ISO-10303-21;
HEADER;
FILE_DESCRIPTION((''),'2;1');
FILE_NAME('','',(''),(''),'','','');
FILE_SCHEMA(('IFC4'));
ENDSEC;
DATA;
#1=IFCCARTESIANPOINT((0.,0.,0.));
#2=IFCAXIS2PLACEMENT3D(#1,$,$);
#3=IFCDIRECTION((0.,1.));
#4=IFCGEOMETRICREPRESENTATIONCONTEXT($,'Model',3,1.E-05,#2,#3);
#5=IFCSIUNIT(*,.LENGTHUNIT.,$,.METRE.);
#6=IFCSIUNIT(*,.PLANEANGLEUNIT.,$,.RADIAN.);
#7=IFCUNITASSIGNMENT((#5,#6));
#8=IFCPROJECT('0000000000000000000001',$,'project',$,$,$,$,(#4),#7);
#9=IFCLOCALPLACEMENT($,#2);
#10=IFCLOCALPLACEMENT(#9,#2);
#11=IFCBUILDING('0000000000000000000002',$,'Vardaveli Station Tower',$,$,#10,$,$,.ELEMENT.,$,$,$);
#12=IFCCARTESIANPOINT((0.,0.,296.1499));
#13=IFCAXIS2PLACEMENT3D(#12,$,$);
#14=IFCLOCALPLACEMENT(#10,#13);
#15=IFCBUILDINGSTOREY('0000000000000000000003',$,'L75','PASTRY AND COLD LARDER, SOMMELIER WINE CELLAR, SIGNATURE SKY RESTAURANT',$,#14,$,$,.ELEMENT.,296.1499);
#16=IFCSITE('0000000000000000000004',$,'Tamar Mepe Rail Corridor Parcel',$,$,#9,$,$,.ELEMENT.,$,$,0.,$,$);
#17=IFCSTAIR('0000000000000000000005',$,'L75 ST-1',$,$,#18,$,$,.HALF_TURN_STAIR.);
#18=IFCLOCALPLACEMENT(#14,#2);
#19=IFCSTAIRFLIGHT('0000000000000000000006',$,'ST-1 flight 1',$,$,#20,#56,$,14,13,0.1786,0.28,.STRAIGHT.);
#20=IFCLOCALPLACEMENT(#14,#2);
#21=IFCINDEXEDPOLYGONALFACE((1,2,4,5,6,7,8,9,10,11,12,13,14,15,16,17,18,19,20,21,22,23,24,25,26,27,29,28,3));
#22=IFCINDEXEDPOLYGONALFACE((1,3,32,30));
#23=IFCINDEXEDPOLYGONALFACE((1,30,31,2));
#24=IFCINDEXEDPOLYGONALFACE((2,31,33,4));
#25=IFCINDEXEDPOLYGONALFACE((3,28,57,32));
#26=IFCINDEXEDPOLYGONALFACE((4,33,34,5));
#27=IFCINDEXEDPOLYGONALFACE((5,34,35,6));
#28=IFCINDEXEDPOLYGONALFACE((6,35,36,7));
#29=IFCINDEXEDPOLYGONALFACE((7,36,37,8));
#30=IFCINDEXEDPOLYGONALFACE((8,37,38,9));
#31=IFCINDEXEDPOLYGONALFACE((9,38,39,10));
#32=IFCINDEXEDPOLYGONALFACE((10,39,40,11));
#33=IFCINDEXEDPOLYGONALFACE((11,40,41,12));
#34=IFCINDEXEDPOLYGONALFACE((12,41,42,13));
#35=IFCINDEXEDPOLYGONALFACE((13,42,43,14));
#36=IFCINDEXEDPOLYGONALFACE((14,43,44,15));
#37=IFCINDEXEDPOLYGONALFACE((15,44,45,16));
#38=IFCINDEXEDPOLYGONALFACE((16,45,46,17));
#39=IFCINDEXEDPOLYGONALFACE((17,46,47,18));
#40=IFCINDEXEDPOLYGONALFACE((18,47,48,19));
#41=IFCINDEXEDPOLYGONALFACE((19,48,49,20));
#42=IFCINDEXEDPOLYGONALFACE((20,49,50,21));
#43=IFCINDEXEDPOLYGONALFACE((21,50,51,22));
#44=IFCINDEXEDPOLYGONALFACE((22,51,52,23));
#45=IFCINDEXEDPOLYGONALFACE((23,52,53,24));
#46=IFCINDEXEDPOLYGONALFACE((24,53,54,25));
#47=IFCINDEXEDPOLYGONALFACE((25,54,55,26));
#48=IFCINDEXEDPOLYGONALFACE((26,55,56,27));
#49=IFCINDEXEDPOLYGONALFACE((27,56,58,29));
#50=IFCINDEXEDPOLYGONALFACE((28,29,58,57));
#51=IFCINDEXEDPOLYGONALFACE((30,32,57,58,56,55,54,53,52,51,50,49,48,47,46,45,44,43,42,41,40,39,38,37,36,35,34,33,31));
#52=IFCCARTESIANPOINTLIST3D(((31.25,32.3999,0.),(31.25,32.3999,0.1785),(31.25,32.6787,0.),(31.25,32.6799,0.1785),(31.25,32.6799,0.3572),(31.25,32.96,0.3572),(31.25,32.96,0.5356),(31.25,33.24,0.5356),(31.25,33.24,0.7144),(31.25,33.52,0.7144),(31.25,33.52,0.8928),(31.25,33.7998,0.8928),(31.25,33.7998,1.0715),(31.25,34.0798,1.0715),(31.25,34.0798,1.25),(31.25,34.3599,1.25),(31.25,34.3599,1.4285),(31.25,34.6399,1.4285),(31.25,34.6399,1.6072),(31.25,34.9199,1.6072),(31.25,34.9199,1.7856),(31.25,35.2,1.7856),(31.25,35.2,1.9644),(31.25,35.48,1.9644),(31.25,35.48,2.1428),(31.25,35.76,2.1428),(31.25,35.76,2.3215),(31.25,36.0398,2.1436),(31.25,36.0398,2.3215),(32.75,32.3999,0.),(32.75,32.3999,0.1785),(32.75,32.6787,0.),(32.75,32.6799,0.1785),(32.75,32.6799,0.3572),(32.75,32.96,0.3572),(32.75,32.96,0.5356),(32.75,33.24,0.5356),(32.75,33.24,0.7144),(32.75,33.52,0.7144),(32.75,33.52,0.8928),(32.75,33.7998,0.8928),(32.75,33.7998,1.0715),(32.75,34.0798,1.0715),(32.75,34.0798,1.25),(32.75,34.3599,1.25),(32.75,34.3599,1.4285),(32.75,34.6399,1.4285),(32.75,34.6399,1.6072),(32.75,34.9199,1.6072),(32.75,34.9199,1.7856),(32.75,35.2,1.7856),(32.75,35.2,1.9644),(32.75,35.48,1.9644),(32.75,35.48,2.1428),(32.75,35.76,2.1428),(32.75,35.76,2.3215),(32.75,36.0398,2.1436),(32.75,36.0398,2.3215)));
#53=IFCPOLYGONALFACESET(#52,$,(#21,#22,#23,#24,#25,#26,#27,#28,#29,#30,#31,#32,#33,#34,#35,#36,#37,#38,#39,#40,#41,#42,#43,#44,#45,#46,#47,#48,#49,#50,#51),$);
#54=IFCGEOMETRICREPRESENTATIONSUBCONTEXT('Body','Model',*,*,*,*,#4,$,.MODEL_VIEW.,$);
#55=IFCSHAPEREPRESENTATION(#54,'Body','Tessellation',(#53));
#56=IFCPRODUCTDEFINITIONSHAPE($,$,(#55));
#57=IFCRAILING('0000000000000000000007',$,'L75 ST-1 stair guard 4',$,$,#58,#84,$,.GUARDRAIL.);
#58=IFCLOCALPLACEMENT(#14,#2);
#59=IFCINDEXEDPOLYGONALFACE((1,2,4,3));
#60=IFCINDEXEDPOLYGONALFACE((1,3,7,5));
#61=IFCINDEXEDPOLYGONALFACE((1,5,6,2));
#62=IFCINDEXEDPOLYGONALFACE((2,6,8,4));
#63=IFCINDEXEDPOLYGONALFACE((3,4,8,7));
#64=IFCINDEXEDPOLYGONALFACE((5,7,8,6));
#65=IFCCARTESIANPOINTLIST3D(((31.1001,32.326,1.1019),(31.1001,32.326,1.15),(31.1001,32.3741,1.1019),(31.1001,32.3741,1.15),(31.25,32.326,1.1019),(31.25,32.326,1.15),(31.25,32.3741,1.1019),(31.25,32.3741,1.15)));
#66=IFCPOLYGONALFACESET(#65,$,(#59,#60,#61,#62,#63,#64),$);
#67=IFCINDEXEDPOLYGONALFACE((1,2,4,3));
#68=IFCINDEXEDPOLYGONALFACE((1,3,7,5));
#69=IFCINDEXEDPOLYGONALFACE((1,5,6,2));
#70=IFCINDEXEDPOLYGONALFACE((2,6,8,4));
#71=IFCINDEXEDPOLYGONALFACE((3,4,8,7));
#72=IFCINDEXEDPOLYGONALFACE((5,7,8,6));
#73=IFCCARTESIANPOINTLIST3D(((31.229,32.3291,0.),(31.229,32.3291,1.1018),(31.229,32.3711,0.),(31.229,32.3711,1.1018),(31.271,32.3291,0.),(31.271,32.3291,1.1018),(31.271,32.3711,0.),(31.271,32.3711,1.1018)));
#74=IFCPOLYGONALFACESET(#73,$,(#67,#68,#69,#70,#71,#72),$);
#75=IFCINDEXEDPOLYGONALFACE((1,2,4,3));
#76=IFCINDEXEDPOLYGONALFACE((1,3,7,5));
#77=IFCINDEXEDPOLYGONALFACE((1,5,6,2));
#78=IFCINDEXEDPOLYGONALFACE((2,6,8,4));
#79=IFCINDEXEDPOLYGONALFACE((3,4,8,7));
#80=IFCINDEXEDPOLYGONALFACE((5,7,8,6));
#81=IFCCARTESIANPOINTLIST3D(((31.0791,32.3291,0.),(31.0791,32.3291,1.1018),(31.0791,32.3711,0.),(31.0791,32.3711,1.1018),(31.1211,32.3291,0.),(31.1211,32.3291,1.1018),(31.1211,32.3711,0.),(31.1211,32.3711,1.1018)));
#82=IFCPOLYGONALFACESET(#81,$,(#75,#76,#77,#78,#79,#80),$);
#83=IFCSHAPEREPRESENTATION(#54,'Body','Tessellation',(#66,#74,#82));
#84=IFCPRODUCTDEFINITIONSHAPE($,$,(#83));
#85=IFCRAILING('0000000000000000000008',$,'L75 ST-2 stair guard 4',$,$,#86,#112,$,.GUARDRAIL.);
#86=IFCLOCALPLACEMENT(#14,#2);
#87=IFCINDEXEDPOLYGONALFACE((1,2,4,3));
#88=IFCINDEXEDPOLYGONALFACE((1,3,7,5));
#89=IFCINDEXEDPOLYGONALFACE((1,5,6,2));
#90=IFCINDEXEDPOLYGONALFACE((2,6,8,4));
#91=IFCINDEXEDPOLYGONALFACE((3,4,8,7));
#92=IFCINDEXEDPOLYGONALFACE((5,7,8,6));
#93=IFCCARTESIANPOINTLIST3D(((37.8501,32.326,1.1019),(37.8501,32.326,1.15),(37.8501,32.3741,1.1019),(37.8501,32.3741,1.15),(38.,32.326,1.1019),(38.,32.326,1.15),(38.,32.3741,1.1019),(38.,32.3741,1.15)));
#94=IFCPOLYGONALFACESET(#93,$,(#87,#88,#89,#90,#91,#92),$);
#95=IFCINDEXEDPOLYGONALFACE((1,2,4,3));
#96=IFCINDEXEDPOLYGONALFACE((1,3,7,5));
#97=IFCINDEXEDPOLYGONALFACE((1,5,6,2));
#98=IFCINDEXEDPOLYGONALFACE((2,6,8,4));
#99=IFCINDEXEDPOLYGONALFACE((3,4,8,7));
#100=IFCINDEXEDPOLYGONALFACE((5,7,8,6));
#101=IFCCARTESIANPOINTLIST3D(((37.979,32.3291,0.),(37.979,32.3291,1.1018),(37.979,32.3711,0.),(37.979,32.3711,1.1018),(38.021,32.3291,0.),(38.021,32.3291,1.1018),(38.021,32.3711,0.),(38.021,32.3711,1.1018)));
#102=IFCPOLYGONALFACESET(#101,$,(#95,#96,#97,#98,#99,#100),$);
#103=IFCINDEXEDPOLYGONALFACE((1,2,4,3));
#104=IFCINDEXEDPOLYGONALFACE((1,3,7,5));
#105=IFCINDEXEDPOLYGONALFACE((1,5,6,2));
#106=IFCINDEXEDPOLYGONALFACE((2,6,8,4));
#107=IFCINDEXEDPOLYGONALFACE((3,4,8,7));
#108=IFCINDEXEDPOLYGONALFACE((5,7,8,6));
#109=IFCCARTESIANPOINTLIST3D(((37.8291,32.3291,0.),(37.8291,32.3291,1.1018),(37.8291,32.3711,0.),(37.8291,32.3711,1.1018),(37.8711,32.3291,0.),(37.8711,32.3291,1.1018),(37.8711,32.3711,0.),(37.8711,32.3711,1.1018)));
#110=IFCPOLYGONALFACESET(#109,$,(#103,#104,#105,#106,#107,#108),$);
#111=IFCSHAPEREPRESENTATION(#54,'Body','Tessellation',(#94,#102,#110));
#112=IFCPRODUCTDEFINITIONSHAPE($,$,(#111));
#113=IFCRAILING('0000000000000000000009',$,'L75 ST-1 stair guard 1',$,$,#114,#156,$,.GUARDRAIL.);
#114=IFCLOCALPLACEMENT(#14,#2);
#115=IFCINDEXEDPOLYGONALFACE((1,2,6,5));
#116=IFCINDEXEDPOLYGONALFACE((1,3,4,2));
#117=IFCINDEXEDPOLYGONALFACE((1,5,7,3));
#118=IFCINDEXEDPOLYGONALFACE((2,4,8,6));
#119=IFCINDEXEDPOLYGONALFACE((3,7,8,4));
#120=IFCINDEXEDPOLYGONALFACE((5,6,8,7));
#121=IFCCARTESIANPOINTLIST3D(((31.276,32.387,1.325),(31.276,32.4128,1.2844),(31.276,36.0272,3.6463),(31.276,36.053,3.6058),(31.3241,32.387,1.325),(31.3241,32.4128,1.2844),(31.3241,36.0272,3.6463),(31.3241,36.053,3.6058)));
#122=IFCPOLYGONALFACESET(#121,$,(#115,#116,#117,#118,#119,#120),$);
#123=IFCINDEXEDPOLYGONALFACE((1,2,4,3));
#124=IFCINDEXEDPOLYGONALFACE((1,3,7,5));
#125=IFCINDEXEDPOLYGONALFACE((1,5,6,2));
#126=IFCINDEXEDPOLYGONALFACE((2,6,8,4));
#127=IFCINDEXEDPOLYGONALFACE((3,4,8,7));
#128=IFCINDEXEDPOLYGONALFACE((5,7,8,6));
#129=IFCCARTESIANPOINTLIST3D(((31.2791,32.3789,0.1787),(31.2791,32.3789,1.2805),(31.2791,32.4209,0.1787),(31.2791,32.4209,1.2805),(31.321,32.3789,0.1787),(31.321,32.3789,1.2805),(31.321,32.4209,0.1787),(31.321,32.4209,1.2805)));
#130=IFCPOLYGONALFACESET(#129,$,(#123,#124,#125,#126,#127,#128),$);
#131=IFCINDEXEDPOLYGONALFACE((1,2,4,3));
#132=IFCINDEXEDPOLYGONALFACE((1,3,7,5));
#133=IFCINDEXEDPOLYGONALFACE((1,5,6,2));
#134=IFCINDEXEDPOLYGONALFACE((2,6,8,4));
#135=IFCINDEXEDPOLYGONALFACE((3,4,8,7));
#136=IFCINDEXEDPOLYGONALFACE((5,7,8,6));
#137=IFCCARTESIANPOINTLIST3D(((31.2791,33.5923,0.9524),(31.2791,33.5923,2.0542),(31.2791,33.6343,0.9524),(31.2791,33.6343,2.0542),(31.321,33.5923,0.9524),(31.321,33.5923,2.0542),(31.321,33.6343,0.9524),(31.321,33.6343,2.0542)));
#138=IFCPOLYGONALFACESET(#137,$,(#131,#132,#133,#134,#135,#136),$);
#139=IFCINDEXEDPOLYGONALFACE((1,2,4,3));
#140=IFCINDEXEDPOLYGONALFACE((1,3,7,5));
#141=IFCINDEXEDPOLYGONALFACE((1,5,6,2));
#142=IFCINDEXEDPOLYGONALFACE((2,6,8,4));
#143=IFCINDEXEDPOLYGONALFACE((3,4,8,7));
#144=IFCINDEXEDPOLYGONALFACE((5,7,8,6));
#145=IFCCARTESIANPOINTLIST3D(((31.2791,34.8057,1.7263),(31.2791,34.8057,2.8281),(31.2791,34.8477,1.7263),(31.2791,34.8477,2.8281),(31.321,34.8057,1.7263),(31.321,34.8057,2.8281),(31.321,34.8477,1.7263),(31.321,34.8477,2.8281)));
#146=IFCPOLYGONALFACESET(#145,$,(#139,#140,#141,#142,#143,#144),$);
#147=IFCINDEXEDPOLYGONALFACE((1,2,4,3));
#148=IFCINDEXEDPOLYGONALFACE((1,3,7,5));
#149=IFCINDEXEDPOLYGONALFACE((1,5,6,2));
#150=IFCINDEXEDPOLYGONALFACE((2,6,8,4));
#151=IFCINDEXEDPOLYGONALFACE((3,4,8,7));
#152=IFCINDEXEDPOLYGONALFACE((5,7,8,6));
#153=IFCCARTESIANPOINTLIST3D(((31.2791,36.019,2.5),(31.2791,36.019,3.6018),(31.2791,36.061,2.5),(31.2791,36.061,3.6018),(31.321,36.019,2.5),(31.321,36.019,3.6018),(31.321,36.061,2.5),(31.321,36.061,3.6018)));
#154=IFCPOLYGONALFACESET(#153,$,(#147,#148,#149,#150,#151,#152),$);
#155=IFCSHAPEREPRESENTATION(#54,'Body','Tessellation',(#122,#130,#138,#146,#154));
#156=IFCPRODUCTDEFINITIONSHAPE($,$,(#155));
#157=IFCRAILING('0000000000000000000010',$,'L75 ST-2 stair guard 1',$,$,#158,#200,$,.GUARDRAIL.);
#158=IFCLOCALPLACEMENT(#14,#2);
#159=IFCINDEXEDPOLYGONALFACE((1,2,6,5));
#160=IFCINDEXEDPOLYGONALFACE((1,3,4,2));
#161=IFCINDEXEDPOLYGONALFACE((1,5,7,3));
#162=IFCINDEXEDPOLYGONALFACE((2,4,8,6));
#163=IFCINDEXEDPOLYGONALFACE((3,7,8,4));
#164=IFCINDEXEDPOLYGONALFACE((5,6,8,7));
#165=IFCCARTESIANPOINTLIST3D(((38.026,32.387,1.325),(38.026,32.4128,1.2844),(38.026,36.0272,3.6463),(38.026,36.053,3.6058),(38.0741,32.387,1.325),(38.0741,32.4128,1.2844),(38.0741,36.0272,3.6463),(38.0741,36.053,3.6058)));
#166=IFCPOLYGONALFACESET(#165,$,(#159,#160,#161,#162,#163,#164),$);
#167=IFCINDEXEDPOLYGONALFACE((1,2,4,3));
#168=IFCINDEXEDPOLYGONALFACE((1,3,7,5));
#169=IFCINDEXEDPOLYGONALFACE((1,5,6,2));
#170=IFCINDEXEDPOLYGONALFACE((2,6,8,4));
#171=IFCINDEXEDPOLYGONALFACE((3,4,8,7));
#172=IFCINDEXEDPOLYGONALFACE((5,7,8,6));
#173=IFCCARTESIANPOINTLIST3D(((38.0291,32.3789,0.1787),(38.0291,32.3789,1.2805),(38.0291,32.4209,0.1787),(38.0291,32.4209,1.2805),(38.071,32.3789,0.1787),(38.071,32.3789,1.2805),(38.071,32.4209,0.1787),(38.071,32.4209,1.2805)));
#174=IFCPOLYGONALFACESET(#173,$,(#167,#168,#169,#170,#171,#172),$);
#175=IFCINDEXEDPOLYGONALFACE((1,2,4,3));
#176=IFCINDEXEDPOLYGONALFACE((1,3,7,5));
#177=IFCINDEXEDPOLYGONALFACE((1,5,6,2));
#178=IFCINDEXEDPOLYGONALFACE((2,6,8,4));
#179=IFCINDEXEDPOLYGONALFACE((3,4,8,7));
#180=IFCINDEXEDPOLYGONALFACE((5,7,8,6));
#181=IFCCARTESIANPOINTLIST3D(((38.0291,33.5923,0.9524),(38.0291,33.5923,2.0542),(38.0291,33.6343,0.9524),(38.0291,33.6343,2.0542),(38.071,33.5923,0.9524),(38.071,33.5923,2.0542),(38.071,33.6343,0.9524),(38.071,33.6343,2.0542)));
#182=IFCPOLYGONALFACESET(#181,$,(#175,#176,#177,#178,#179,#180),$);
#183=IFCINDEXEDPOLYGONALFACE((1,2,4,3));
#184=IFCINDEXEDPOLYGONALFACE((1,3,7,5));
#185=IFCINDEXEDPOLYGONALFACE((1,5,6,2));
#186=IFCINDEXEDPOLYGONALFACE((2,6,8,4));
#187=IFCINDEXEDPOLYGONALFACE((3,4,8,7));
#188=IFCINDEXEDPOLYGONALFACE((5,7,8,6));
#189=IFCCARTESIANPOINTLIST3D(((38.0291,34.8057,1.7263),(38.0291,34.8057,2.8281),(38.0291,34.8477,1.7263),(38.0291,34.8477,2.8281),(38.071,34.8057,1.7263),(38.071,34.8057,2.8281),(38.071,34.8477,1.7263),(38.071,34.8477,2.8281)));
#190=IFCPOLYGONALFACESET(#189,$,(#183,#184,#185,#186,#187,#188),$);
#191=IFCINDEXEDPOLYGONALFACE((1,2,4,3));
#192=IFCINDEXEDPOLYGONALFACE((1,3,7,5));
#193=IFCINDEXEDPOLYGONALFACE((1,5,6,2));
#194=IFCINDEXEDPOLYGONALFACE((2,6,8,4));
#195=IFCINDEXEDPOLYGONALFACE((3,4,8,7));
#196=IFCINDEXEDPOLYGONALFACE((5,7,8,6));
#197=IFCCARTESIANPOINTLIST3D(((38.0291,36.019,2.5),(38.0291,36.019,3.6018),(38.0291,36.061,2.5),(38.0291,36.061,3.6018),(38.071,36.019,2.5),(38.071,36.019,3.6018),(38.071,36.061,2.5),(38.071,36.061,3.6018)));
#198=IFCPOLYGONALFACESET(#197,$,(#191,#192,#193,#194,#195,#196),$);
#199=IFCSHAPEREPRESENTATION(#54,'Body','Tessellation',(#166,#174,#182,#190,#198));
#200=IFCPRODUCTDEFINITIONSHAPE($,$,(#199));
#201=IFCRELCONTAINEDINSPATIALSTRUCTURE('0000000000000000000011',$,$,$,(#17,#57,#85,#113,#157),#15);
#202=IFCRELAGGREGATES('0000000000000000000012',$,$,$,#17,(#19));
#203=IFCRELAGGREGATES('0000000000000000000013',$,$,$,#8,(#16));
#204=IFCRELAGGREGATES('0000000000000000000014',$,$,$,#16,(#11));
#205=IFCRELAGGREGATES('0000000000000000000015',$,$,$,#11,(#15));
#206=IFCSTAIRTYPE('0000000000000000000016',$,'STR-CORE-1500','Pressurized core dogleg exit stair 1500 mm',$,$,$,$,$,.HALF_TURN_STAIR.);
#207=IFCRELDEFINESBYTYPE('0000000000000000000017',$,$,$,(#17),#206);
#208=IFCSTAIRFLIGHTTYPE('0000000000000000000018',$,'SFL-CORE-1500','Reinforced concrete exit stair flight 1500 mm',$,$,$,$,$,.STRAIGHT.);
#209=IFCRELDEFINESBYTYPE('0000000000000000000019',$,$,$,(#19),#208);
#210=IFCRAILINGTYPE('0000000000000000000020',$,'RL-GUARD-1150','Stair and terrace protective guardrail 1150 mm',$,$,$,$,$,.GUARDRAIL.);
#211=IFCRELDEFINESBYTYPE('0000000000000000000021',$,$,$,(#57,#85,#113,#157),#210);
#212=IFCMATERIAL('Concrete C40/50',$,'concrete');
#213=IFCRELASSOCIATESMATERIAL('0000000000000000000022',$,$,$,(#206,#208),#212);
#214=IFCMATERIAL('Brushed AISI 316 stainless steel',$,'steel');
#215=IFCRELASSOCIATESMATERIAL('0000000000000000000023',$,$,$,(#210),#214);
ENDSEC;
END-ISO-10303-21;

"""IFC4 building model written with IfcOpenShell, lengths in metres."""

from ifc_helpers import new_model, si_unit, direction, frame, origin, origin_2d, place, context, subcontext, project, spatial, polyline, rectangle, outline, extrude, source, transform, mapped, material, type_object, element, aggregate, save


model = new_model("IFC4")

# Units and contexts
model_context = context("Model", 3, precision=1e-05, world=origin(), true_north=direction((0.0, 1.0)))
body_context = subcontext(model_context, "Body", "Model", "MODEL_VIEW")
ifc_project = project(units=[si_unit("LENGTHUNIT", "METRE"), si_unit("PLANEANGLEUNIT", "RADIAN")], contexts=[model_context])

# Site, building, storey
site_placement = place(None, origin())
site = spatial("IfcSite", under=ifc_project, at=site_placement, Name="Tamar Mepe Rail Corridor Parcel", CompositionType="ELEMENT", RefElevation=0.0)
building_placement = place(site_placement, origin())
building = spatial("IfcBuilding", under=site, at=building_placement, Name="Vardaveli Station Tower", CompositionType="ELEMENT")
storey_placement = place(building_placement, frame((0.0, 0.0, 296.1499)))
storey = spatial("IfcBuildingStorey", under=building, at=storey_placement, Name="L75", Description="PASTRY AND COLD LARDER, SOMMELIER WINE CELLAR, SIGNATURE SKY RESTAURANT", CompositionType="ELEMENT", Elevation=296.1499)

# Shared definitions
ifc_material_1 = material(Name="Concrete C40/50", Category="concrete")

# Stair, stair flight
stair_type = type_object("IfcStairType", Name="STR-CORE-1500", Description="Pressurized core dogleg exit stair 1500 mm", PredefinedType="HALF_TURN_STAIR", material=ifc_material_1)
stair_placement = place(storey_placement, origin())
stair = element("IfcStair", 1, at=stair_placement, inside=storey, type_object=stair_type, Name="L75 ST-1", PredefinedType="HALF_TURN_STAIR")
stair_flight_type = type_object("IfcStairFlightType", Name="SFL-CORE-1500", Description="Reinforced concrete exit stair flight 1500 mm", PredefinedType="STRAIGHT", material=ifc_material_1)
shared_shape_1 = source(origin(), body_context, "Body", "SweptSolid", [
    extrude(outline(polyline([(0.0, 0.0), (0.0, 0.1785), (0.28, 0.1785), (0.28, 0.3572), (0.5601, 0.3572), (0.5601, 0.5356), (0.8401, 0.5356), (0.8401, 0.7144), (1.1201, 0.7144), (1.1201, 0.8928), (1.3999, 0.8928), (1.3999, 1.0715), (1.6799, 1.0715), (1.6799, 1.25), (1.96, 1.25), (1.96, 1.4285), (2.24, 1.4285), (2.24, 1.6072), (2.52, 1.6072), (2.52, 1.7856), (2.8, 1.7856), (2.8, 1.9644), (3.0801, 1.9644), (3.0801, 2.1428), (3.3601, 2.1428), (3.3601, 2.3215), (3.6399, 2.3215), (3.6399, 2.5), (3.6399, 2.1436), (0.2788, 0.0), (0.0, 0.0)])), frame((0.0, 0.75, 0.0), z_axis=(0.0, -1.0, 0.0), x_axis=(1.0, 0.0, 0.0)), (0.0, 0.0, 1.0), 1.5),
])
stair_flight_placement = place(storey_placement, frame((32.0, 32.3999, 0.0), z_axis=(0.0, 0.0, 1.0), x_axis=(0.0, 1.0, 0.0)))
stair_flight = element("IfcStairFlight", 2, at=stair_flight_placement, type_object=stair_flight_type, Name="ST-1 flight 1", NumberOfRisers=14, NumberOfTreads=13, PredefinedType="STRAIGHT", RiserHeight=0.1786, TreadLength=0.28, context=body_context, shape_type="MappedRepresentation", body=[
    mapped(shared_shape_1, transform((0.0, 0.0, 0.0), scale=1.0)),
])
aggregate(stair, [stair_flight])

# Railings
ifc_material_2 = material(Name="Brushed AISI 316 stainless steel", Category="steel")
railing_type_1 = type_object("IfcRailingType", Name="RL-GUARD-1150", Description="Stair and terrace protective guardrail 1150 mm", PredefinedType="GUARDRAIL", material=ifc_material_2)
shared_shape_2 = source(origin(), body_context, "Body", "SweptSolid", [
    extrude(rectangle(XDim=0.0481, YDim=0.0481, at=origin_2d()), frame((0.0, 0.0, 1.126), z_axis=(-1.0, 0.0, 0.0), x_axis=(0.0, -1.0, 0.0)), (0.0, 0.0, 1.0), 0.1499),
    extrude(rectangle(XDim=0.042, YDim=0.042, at=origin_2d()), origin(), (0.0, 0.0, 1.0), 1.1018),
    extrude(rectangle(XDim=0.042, YDim=0.042, at=origin_2d()), frame((-0.1499, 0.0, 0.0)), (0.0, 0.0, 1.0), 1.1018),
])
for number, where, name in (
    (3, (31.25, 32.3501, 0.0), "L75 ST-1 stair guard 4"),
    (4, (38.0, 32.3501, 0.0), "L75 ST-2 stair guard 4"),
):
    element("IfcRailing", number, at=place(storey_placement, frame(where)), inside=storey, type_object=railing_type_1, Name=name, PredefinedType="GUARDRAIL", context=body_context, shape_type="MappedRepresentation", body=[
        mapped(shared_shape_2, transform((0.0, 0.0, 0.0), scale=1.0)),
    ])
shared_shape_3 = source(origin(), body_context, "Body", "SweptSolid", [
    extrude(rectangle(XDim=0.0481, YDim=0.0481, at=origin_2d()), frame((0.0, 0.0, 1.126), z_axis=(0.0, 0.843153, 0.537673), x_axis=(-1.0, 0.0, 0.0)), (0.0, 0.0, 1.0), 4.3174),
    extrude(rectangle(XDim=0.042, YDim=0.042, at=origin_2d()), origin(), (0.0, 0.0, 1.0), 1.1018),
    extrude(rectangle(XDim=0.042, YDim=0.042, at=origin_2d()), frame((0.0, 1.2134, 0.7737)), (0.0, 0.0, 1.0), 1.1018),
    extrude(rectangle(XDim=0.042, YDim=0.042, at=origin_2d()), frame((0.0, 2.4268, 1.5476)), (0.0, 0.0, 1.0), 1.1018),
    extrude(rectangle(XDim=0.042, YDim=0.042, at=origin_2d()), frame((0.0, 3.6401, 2.3213)), (0.0, 0.0, 1.0), 1.1018),
])
for number, where, name in (
    (5, (31.3, 32.3999, 0.1787), "L75 ST-1 stair guard 1"),
    (6, (38.05, 32.3999, 0.1787), "L75 ST-2 stair guard 1"),
):
    element("IfcRailing", number, at=place(storey_placement, frame(where)), inside=storey, type_object=railing_type_1, Name=name, PredefinedType="GUARDRAIL", context=body_context, shape_type="MappedRepresentation", body=[
        mapped(shared_shape_3, transform((0.0, 0.0, 0.0), scale=1.0)),
    ])

save(model, "model.ifc")
